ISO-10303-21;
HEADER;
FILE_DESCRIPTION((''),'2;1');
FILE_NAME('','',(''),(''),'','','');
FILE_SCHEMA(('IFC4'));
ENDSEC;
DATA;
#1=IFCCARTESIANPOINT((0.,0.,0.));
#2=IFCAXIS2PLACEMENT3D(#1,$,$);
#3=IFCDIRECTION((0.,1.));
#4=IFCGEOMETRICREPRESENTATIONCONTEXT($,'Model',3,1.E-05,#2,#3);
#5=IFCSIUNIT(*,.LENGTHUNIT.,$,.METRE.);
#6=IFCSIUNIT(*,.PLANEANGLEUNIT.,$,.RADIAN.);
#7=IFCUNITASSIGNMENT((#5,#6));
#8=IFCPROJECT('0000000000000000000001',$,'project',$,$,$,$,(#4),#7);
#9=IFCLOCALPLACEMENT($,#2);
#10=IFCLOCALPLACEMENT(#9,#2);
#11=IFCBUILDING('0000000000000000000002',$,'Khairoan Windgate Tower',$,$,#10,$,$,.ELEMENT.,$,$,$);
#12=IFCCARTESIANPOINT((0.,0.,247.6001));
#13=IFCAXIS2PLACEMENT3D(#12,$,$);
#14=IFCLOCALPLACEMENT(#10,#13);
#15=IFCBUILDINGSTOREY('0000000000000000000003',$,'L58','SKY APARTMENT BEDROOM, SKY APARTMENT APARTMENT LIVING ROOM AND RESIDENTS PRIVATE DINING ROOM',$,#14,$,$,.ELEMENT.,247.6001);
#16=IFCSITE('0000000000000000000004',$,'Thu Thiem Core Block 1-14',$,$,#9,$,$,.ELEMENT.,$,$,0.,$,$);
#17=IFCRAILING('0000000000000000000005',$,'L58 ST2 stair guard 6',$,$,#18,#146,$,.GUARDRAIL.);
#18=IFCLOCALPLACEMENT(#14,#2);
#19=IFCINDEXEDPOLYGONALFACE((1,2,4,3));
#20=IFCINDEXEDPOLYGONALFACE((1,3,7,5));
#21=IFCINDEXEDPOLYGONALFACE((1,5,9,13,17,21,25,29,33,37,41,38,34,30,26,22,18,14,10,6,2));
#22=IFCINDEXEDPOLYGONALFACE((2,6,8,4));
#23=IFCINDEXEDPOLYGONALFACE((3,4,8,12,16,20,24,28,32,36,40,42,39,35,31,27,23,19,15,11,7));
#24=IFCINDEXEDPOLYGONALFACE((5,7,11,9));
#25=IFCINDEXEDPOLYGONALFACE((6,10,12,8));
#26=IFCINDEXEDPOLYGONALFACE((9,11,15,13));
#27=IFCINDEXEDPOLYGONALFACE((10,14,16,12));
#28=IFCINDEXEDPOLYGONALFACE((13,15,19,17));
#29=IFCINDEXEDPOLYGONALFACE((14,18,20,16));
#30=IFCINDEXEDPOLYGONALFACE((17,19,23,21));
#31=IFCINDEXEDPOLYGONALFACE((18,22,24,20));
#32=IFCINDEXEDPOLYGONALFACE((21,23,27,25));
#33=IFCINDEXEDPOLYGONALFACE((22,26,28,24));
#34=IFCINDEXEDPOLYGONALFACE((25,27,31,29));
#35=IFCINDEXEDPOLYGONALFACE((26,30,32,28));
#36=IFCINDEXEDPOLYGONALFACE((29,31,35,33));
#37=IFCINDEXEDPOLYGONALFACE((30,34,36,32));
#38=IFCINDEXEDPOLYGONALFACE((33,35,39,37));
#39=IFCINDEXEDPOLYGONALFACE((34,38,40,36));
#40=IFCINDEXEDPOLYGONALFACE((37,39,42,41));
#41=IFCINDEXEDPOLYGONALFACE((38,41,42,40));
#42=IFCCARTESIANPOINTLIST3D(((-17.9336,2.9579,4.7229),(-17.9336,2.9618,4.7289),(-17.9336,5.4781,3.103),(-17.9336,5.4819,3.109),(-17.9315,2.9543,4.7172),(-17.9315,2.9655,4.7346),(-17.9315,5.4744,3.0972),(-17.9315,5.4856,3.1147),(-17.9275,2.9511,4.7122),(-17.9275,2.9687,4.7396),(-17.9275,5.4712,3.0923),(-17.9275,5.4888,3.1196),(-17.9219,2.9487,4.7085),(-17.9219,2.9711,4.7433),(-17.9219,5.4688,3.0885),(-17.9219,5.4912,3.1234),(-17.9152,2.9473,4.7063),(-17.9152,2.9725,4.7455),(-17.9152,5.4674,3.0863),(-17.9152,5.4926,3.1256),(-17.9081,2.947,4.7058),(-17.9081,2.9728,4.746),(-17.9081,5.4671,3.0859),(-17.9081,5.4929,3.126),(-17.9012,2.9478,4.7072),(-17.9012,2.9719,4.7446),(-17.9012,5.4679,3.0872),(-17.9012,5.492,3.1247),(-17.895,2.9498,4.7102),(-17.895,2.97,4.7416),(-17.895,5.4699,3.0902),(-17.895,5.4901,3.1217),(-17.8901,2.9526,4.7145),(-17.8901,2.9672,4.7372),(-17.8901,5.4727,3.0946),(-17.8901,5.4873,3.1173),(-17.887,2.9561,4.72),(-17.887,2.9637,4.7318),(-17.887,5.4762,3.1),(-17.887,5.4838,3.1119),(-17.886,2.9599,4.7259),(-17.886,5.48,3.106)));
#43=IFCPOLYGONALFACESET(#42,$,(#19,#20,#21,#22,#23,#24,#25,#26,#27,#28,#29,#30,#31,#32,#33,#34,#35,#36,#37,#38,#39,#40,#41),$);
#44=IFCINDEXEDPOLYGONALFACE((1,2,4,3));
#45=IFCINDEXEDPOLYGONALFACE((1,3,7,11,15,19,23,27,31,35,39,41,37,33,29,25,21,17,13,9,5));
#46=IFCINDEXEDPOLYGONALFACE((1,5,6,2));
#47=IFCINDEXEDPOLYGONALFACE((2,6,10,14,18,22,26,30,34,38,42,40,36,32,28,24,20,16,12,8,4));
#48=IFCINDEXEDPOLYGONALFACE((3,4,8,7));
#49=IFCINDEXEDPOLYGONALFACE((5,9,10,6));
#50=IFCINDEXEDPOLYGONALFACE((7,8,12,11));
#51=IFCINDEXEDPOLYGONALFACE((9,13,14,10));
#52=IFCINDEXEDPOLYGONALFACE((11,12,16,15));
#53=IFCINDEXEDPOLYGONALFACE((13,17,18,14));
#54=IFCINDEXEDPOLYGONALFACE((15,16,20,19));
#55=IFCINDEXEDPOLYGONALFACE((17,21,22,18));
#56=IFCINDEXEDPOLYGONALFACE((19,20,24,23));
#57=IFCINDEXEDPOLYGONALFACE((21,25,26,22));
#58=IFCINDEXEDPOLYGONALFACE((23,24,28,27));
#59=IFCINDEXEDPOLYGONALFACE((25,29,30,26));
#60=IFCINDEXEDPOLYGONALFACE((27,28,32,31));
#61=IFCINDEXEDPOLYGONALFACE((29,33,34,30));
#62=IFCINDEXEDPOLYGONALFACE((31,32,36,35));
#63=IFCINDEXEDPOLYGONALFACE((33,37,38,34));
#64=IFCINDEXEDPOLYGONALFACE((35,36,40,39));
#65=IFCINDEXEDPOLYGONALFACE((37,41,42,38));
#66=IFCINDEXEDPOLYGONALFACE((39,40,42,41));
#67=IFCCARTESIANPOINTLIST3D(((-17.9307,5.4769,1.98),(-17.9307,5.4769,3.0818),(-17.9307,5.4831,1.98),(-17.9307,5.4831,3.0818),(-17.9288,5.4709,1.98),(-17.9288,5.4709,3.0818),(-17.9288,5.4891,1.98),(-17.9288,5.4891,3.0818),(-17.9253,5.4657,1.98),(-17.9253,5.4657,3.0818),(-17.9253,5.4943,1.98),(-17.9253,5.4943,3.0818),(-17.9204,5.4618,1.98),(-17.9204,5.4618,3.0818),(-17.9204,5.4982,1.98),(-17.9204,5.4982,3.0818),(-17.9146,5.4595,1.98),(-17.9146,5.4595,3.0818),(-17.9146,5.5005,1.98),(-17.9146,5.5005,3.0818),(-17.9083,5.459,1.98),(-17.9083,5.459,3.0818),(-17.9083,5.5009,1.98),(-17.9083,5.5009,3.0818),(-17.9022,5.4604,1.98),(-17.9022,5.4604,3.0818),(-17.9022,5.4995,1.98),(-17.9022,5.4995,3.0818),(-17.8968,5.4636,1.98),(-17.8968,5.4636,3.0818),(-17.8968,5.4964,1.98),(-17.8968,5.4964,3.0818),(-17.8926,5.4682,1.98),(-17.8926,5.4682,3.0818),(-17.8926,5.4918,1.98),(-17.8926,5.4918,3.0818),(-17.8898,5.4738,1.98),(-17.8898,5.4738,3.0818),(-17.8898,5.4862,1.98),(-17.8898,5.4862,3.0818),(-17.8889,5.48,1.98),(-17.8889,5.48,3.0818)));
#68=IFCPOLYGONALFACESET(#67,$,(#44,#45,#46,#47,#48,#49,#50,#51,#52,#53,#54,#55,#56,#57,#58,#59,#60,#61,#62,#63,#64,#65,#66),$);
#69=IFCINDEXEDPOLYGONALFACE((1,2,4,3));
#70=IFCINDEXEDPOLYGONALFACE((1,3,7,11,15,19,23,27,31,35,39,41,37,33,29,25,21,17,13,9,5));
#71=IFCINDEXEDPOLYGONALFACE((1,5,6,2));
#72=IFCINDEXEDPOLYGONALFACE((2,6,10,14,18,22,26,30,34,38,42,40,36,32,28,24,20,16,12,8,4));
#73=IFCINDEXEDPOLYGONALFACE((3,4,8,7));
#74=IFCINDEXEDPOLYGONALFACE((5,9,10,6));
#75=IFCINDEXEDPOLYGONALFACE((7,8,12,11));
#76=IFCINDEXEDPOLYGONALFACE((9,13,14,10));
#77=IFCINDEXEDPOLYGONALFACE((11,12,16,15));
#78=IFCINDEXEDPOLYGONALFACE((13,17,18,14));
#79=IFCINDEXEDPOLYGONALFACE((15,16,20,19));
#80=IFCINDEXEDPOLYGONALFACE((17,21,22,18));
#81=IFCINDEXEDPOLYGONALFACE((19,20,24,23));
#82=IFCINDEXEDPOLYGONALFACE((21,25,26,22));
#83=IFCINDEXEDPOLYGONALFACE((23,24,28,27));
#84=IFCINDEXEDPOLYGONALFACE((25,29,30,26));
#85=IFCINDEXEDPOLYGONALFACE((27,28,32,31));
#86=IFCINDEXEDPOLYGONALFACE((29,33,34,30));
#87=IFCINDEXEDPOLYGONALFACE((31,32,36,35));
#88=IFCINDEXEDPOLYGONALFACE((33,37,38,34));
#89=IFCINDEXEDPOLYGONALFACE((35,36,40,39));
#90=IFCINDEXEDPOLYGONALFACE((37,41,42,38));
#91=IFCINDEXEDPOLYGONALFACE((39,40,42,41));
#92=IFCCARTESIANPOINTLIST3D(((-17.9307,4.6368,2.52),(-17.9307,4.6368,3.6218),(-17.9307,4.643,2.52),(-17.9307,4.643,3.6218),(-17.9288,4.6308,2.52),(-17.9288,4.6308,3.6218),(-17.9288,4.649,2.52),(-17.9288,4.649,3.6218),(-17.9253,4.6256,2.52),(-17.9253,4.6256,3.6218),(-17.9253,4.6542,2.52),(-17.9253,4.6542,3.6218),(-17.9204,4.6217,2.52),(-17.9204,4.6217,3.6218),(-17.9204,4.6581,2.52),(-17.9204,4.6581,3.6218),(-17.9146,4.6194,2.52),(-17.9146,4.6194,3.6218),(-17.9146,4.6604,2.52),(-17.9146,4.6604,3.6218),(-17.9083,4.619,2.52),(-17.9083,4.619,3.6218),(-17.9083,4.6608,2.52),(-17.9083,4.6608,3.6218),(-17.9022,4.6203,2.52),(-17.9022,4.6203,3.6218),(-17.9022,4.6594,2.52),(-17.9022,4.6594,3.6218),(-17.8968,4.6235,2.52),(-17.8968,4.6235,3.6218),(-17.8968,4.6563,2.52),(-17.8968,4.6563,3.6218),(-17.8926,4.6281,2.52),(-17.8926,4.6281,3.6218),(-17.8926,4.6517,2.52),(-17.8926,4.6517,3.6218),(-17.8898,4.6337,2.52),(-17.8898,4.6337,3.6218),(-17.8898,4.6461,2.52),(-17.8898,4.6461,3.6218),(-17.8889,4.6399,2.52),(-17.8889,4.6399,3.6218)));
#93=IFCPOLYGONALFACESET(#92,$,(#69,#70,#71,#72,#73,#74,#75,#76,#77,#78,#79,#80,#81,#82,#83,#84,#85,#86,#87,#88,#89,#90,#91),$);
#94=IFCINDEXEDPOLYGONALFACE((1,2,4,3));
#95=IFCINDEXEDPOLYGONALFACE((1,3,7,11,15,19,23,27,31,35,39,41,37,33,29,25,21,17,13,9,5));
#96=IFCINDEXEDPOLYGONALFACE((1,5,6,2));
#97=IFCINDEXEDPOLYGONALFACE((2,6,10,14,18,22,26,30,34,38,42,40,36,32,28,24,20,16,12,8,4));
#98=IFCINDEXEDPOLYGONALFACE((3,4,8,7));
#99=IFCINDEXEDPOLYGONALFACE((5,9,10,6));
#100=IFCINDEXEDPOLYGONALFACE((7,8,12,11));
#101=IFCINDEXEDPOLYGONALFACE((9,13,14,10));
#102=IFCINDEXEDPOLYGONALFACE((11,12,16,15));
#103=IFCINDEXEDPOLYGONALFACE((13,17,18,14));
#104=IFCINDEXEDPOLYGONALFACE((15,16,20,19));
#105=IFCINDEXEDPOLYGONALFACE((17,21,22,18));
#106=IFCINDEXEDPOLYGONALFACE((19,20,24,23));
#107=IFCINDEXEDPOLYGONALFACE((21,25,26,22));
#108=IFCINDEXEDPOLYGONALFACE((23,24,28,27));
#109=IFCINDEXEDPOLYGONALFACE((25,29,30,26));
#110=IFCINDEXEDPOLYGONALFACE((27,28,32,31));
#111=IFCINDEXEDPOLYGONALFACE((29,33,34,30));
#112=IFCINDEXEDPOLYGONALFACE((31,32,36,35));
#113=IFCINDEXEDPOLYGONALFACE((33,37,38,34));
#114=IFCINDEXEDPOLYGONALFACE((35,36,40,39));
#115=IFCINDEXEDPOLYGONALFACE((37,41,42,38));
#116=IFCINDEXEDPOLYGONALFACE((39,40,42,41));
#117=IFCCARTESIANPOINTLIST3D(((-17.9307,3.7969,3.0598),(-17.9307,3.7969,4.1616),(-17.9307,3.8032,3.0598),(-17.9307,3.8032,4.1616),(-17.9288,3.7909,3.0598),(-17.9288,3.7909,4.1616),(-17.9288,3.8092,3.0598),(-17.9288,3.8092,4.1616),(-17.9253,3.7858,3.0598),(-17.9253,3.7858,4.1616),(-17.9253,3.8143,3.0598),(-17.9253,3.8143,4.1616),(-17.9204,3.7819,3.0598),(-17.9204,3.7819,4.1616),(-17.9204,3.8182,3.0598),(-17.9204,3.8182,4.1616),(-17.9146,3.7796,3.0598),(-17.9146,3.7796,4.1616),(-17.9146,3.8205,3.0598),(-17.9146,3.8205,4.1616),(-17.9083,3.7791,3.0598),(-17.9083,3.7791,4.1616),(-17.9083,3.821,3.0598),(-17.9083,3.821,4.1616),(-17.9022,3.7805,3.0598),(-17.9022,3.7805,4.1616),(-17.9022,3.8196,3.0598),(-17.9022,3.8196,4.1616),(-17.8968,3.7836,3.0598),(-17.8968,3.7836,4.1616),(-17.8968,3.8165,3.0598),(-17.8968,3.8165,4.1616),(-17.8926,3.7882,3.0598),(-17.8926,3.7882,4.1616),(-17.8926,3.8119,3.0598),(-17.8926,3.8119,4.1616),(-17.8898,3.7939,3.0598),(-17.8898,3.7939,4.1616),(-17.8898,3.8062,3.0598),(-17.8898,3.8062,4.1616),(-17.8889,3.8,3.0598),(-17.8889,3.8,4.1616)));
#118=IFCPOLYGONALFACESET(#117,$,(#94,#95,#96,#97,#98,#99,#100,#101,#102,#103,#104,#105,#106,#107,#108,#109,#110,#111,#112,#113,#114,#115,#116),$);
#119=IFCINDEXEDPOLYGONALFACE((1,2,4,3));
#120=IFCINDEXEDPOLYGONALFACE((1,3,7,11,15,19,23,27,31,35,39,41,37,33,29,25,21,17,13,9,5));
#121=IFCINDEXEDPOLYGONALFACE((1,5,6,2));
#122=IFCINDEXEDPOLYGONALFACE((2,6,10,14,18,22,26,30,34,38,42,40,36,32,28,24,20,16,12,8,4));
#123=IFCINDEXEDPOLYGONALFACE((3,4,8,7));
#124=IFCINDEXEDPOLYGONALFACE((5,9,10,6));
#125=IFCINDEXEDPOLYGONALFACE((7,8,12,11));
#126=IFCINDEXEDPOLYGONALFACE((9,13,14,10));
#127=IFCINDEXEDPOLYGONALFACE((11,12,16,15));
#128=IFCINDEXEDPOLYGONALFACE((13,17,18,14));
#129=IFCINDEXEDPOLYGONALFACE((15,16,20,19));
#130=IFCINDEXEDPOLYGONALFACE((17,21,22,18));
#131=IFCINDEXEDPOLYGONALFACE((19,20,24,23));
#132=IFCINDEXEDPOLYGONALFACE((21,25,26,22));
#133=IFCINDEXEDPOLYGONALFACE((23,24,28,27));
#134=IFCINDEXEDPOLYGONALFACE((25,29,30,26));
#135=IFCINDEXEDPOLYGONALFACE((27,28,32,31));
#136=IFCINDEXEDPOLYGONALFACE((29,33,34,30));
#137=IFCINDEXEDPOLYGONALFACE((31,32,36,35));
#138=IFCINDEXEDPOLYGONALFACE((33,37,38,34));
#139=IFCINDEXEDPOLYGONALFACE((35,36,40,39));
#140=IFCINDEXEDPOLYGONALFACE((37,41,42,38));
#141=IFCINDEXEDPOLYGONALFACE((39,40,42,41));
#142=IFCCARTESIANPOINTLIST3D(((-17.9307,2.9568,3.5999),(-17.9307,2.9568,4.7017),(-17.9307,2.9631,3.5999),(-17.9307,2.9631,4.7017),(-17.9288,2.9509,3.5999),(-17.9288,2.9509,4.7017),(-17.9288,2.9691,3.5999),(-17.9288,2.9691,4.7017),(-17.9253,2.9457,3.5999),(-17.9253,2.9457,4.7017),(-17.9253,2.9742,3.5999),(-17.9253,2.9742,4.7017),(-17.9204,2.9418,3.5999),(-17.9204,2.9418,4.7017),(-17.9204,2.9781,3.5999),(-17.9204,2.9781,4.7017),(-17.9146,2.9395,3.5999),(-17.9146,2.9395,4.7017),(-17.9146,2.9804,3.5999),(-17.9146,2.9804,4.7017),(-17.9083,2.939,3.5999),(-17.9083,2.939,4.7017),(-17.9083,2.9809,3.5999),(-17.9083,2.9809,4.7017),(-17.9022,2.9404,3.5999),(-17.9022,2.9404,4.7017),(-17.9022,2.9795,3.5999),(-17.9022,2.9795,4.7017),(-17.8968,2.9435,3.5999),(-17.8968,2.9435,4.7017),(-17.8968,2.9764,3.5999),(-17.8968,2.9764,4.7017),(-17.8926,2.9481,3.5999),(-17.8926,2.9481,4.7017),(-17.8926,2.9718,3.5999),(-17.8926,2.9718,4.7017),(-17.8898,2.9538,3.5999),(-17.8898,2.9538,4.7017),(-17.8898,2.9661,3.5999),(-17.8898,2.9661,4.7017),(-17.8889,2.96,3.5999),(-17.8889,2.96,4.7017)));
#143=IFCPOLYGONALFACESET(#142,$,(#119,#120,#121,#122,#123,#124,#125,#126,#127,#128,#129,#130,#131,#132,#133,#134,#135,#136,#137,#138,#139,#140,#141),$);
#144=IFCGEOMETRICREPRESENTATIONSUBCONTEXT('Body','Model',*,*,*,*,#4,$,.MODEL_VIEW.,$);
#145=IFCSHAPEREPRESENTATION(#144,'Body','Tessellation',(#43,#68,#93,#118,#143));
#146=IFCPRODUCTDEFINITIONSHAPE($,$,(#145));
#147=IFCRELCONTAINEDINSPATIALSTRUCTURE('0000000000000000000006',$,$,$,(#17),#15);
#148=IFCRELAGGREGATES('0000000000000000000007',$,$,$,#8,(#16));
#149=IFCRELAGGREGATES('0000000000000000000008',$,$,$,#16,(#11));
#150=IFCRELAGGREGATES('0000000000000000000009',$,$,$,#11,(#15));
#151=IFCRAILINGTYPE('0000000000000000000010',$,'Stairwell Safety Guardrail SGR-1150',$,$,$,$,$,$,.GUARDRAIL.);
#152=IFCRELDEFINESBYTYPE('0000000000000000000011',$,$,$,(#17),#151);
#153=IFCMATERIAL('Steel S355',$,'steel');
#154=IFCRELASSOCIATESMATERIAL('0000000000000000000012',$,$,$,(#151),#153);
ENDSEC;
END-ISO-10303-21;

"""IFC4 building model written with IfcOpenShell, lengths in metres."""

from ifc_helpers import new_model, si_unit, direction, frame, origin, origin_2d, place, context, subcontext, project, spatial, circle, extrude, material, type_object, element, save


model = new_model("IFC4")

# Units and contexts
model_context = context("Model", 3, precision=1e-05, world=origin(), true_north=direction((0.0, 1.0)))
body_context = subcontext(model_context, "Body", "Model", "MODEL_VIEW")
ifc_project = project(units=[si_unit("LENGTHUNIT", "METRE"), si_unit("PLANEANGLEUNIT", "RADIAN")], contexts=[model_context])

# Site, building, storey
site_placement = place(None, origin())
site = spatial("IfcSite", under=ifc_project, at=site_placement, Name="Thu Thiem Core Block 1-14", CompositionType="ELEMENT", RefElevation=0.0)
building_placement = place(site_placement, origin())
building = spatial("IfcBuilding", under=site, at=building_placement, Name="Khairoan Windgate Tower", CompositionType="ELEMENT")
storey_placement = place(building_placement, frame((0.0, 0.0, 247.6001)))
storey = spatial("IfcBuildingStorey", under=building, at=storey_placement, Name="L58", Description="SKY APARTMENT BEDROOM, SKY APARTMENT APARTMENT LIVING ROOM AND RESIDENTS PRIVATE DINING ROOM", CompositionType="ELEMENT", Elevation=247.6001)

# Railing
ifc_material_1 = material(Name="Steel S355", Category="steel")
railing_type_1 = type_object("IfcRailingType", Name="Stairwell Safety Guardrail SGR-1150", PredefinedType="GUARDRAIL", material=ifc_material_1)
railing_1_placement = place(storey_placement, frame((-17.9099, 5.48, 1.98)))
element("IfcRailing", 1, at=railing_1_placement, inside=storey, type_object=railing_type_1, Name="L58 ST2 stair guard 6", PredefinedType="GUARDRAIL", context=body_context, shape_type="SweptSolid", body=[
    extrude(circle(Radius=0.0239, at=origin_2d()), frame((0.0, 0.0, 1.126), z_axis=(0.0, -0.8412, 0.540725), x_axis=(1.0, 0.0, 0.0)), (0.0, 0.0, 1.0), 2.9958),
    extrude(circle(Radius=0.021, at=origin_2d()), origin(), (0.0, 0.0, 1.0), 1.1018),
    extrude(circle(Radius=0.021, at=origin_2d()), frame((0.0, -0.8401, 0.54)), (0.0, 0.0, 1.0), 1.1018),
    extrude(circle(Radius=0.021, at=origin_2d()), frame((0.0, -1.6799, 1.0798)), (0.0, 0.0, 1.0), 1.1018),
    extrude(circle(Radius=0.021, at=origin_2d()), frame((0.0, -2.52, 1.6199)), (0.0, 0.0, 1.0), 1.1018),
])

save(model, "model.ifc")
